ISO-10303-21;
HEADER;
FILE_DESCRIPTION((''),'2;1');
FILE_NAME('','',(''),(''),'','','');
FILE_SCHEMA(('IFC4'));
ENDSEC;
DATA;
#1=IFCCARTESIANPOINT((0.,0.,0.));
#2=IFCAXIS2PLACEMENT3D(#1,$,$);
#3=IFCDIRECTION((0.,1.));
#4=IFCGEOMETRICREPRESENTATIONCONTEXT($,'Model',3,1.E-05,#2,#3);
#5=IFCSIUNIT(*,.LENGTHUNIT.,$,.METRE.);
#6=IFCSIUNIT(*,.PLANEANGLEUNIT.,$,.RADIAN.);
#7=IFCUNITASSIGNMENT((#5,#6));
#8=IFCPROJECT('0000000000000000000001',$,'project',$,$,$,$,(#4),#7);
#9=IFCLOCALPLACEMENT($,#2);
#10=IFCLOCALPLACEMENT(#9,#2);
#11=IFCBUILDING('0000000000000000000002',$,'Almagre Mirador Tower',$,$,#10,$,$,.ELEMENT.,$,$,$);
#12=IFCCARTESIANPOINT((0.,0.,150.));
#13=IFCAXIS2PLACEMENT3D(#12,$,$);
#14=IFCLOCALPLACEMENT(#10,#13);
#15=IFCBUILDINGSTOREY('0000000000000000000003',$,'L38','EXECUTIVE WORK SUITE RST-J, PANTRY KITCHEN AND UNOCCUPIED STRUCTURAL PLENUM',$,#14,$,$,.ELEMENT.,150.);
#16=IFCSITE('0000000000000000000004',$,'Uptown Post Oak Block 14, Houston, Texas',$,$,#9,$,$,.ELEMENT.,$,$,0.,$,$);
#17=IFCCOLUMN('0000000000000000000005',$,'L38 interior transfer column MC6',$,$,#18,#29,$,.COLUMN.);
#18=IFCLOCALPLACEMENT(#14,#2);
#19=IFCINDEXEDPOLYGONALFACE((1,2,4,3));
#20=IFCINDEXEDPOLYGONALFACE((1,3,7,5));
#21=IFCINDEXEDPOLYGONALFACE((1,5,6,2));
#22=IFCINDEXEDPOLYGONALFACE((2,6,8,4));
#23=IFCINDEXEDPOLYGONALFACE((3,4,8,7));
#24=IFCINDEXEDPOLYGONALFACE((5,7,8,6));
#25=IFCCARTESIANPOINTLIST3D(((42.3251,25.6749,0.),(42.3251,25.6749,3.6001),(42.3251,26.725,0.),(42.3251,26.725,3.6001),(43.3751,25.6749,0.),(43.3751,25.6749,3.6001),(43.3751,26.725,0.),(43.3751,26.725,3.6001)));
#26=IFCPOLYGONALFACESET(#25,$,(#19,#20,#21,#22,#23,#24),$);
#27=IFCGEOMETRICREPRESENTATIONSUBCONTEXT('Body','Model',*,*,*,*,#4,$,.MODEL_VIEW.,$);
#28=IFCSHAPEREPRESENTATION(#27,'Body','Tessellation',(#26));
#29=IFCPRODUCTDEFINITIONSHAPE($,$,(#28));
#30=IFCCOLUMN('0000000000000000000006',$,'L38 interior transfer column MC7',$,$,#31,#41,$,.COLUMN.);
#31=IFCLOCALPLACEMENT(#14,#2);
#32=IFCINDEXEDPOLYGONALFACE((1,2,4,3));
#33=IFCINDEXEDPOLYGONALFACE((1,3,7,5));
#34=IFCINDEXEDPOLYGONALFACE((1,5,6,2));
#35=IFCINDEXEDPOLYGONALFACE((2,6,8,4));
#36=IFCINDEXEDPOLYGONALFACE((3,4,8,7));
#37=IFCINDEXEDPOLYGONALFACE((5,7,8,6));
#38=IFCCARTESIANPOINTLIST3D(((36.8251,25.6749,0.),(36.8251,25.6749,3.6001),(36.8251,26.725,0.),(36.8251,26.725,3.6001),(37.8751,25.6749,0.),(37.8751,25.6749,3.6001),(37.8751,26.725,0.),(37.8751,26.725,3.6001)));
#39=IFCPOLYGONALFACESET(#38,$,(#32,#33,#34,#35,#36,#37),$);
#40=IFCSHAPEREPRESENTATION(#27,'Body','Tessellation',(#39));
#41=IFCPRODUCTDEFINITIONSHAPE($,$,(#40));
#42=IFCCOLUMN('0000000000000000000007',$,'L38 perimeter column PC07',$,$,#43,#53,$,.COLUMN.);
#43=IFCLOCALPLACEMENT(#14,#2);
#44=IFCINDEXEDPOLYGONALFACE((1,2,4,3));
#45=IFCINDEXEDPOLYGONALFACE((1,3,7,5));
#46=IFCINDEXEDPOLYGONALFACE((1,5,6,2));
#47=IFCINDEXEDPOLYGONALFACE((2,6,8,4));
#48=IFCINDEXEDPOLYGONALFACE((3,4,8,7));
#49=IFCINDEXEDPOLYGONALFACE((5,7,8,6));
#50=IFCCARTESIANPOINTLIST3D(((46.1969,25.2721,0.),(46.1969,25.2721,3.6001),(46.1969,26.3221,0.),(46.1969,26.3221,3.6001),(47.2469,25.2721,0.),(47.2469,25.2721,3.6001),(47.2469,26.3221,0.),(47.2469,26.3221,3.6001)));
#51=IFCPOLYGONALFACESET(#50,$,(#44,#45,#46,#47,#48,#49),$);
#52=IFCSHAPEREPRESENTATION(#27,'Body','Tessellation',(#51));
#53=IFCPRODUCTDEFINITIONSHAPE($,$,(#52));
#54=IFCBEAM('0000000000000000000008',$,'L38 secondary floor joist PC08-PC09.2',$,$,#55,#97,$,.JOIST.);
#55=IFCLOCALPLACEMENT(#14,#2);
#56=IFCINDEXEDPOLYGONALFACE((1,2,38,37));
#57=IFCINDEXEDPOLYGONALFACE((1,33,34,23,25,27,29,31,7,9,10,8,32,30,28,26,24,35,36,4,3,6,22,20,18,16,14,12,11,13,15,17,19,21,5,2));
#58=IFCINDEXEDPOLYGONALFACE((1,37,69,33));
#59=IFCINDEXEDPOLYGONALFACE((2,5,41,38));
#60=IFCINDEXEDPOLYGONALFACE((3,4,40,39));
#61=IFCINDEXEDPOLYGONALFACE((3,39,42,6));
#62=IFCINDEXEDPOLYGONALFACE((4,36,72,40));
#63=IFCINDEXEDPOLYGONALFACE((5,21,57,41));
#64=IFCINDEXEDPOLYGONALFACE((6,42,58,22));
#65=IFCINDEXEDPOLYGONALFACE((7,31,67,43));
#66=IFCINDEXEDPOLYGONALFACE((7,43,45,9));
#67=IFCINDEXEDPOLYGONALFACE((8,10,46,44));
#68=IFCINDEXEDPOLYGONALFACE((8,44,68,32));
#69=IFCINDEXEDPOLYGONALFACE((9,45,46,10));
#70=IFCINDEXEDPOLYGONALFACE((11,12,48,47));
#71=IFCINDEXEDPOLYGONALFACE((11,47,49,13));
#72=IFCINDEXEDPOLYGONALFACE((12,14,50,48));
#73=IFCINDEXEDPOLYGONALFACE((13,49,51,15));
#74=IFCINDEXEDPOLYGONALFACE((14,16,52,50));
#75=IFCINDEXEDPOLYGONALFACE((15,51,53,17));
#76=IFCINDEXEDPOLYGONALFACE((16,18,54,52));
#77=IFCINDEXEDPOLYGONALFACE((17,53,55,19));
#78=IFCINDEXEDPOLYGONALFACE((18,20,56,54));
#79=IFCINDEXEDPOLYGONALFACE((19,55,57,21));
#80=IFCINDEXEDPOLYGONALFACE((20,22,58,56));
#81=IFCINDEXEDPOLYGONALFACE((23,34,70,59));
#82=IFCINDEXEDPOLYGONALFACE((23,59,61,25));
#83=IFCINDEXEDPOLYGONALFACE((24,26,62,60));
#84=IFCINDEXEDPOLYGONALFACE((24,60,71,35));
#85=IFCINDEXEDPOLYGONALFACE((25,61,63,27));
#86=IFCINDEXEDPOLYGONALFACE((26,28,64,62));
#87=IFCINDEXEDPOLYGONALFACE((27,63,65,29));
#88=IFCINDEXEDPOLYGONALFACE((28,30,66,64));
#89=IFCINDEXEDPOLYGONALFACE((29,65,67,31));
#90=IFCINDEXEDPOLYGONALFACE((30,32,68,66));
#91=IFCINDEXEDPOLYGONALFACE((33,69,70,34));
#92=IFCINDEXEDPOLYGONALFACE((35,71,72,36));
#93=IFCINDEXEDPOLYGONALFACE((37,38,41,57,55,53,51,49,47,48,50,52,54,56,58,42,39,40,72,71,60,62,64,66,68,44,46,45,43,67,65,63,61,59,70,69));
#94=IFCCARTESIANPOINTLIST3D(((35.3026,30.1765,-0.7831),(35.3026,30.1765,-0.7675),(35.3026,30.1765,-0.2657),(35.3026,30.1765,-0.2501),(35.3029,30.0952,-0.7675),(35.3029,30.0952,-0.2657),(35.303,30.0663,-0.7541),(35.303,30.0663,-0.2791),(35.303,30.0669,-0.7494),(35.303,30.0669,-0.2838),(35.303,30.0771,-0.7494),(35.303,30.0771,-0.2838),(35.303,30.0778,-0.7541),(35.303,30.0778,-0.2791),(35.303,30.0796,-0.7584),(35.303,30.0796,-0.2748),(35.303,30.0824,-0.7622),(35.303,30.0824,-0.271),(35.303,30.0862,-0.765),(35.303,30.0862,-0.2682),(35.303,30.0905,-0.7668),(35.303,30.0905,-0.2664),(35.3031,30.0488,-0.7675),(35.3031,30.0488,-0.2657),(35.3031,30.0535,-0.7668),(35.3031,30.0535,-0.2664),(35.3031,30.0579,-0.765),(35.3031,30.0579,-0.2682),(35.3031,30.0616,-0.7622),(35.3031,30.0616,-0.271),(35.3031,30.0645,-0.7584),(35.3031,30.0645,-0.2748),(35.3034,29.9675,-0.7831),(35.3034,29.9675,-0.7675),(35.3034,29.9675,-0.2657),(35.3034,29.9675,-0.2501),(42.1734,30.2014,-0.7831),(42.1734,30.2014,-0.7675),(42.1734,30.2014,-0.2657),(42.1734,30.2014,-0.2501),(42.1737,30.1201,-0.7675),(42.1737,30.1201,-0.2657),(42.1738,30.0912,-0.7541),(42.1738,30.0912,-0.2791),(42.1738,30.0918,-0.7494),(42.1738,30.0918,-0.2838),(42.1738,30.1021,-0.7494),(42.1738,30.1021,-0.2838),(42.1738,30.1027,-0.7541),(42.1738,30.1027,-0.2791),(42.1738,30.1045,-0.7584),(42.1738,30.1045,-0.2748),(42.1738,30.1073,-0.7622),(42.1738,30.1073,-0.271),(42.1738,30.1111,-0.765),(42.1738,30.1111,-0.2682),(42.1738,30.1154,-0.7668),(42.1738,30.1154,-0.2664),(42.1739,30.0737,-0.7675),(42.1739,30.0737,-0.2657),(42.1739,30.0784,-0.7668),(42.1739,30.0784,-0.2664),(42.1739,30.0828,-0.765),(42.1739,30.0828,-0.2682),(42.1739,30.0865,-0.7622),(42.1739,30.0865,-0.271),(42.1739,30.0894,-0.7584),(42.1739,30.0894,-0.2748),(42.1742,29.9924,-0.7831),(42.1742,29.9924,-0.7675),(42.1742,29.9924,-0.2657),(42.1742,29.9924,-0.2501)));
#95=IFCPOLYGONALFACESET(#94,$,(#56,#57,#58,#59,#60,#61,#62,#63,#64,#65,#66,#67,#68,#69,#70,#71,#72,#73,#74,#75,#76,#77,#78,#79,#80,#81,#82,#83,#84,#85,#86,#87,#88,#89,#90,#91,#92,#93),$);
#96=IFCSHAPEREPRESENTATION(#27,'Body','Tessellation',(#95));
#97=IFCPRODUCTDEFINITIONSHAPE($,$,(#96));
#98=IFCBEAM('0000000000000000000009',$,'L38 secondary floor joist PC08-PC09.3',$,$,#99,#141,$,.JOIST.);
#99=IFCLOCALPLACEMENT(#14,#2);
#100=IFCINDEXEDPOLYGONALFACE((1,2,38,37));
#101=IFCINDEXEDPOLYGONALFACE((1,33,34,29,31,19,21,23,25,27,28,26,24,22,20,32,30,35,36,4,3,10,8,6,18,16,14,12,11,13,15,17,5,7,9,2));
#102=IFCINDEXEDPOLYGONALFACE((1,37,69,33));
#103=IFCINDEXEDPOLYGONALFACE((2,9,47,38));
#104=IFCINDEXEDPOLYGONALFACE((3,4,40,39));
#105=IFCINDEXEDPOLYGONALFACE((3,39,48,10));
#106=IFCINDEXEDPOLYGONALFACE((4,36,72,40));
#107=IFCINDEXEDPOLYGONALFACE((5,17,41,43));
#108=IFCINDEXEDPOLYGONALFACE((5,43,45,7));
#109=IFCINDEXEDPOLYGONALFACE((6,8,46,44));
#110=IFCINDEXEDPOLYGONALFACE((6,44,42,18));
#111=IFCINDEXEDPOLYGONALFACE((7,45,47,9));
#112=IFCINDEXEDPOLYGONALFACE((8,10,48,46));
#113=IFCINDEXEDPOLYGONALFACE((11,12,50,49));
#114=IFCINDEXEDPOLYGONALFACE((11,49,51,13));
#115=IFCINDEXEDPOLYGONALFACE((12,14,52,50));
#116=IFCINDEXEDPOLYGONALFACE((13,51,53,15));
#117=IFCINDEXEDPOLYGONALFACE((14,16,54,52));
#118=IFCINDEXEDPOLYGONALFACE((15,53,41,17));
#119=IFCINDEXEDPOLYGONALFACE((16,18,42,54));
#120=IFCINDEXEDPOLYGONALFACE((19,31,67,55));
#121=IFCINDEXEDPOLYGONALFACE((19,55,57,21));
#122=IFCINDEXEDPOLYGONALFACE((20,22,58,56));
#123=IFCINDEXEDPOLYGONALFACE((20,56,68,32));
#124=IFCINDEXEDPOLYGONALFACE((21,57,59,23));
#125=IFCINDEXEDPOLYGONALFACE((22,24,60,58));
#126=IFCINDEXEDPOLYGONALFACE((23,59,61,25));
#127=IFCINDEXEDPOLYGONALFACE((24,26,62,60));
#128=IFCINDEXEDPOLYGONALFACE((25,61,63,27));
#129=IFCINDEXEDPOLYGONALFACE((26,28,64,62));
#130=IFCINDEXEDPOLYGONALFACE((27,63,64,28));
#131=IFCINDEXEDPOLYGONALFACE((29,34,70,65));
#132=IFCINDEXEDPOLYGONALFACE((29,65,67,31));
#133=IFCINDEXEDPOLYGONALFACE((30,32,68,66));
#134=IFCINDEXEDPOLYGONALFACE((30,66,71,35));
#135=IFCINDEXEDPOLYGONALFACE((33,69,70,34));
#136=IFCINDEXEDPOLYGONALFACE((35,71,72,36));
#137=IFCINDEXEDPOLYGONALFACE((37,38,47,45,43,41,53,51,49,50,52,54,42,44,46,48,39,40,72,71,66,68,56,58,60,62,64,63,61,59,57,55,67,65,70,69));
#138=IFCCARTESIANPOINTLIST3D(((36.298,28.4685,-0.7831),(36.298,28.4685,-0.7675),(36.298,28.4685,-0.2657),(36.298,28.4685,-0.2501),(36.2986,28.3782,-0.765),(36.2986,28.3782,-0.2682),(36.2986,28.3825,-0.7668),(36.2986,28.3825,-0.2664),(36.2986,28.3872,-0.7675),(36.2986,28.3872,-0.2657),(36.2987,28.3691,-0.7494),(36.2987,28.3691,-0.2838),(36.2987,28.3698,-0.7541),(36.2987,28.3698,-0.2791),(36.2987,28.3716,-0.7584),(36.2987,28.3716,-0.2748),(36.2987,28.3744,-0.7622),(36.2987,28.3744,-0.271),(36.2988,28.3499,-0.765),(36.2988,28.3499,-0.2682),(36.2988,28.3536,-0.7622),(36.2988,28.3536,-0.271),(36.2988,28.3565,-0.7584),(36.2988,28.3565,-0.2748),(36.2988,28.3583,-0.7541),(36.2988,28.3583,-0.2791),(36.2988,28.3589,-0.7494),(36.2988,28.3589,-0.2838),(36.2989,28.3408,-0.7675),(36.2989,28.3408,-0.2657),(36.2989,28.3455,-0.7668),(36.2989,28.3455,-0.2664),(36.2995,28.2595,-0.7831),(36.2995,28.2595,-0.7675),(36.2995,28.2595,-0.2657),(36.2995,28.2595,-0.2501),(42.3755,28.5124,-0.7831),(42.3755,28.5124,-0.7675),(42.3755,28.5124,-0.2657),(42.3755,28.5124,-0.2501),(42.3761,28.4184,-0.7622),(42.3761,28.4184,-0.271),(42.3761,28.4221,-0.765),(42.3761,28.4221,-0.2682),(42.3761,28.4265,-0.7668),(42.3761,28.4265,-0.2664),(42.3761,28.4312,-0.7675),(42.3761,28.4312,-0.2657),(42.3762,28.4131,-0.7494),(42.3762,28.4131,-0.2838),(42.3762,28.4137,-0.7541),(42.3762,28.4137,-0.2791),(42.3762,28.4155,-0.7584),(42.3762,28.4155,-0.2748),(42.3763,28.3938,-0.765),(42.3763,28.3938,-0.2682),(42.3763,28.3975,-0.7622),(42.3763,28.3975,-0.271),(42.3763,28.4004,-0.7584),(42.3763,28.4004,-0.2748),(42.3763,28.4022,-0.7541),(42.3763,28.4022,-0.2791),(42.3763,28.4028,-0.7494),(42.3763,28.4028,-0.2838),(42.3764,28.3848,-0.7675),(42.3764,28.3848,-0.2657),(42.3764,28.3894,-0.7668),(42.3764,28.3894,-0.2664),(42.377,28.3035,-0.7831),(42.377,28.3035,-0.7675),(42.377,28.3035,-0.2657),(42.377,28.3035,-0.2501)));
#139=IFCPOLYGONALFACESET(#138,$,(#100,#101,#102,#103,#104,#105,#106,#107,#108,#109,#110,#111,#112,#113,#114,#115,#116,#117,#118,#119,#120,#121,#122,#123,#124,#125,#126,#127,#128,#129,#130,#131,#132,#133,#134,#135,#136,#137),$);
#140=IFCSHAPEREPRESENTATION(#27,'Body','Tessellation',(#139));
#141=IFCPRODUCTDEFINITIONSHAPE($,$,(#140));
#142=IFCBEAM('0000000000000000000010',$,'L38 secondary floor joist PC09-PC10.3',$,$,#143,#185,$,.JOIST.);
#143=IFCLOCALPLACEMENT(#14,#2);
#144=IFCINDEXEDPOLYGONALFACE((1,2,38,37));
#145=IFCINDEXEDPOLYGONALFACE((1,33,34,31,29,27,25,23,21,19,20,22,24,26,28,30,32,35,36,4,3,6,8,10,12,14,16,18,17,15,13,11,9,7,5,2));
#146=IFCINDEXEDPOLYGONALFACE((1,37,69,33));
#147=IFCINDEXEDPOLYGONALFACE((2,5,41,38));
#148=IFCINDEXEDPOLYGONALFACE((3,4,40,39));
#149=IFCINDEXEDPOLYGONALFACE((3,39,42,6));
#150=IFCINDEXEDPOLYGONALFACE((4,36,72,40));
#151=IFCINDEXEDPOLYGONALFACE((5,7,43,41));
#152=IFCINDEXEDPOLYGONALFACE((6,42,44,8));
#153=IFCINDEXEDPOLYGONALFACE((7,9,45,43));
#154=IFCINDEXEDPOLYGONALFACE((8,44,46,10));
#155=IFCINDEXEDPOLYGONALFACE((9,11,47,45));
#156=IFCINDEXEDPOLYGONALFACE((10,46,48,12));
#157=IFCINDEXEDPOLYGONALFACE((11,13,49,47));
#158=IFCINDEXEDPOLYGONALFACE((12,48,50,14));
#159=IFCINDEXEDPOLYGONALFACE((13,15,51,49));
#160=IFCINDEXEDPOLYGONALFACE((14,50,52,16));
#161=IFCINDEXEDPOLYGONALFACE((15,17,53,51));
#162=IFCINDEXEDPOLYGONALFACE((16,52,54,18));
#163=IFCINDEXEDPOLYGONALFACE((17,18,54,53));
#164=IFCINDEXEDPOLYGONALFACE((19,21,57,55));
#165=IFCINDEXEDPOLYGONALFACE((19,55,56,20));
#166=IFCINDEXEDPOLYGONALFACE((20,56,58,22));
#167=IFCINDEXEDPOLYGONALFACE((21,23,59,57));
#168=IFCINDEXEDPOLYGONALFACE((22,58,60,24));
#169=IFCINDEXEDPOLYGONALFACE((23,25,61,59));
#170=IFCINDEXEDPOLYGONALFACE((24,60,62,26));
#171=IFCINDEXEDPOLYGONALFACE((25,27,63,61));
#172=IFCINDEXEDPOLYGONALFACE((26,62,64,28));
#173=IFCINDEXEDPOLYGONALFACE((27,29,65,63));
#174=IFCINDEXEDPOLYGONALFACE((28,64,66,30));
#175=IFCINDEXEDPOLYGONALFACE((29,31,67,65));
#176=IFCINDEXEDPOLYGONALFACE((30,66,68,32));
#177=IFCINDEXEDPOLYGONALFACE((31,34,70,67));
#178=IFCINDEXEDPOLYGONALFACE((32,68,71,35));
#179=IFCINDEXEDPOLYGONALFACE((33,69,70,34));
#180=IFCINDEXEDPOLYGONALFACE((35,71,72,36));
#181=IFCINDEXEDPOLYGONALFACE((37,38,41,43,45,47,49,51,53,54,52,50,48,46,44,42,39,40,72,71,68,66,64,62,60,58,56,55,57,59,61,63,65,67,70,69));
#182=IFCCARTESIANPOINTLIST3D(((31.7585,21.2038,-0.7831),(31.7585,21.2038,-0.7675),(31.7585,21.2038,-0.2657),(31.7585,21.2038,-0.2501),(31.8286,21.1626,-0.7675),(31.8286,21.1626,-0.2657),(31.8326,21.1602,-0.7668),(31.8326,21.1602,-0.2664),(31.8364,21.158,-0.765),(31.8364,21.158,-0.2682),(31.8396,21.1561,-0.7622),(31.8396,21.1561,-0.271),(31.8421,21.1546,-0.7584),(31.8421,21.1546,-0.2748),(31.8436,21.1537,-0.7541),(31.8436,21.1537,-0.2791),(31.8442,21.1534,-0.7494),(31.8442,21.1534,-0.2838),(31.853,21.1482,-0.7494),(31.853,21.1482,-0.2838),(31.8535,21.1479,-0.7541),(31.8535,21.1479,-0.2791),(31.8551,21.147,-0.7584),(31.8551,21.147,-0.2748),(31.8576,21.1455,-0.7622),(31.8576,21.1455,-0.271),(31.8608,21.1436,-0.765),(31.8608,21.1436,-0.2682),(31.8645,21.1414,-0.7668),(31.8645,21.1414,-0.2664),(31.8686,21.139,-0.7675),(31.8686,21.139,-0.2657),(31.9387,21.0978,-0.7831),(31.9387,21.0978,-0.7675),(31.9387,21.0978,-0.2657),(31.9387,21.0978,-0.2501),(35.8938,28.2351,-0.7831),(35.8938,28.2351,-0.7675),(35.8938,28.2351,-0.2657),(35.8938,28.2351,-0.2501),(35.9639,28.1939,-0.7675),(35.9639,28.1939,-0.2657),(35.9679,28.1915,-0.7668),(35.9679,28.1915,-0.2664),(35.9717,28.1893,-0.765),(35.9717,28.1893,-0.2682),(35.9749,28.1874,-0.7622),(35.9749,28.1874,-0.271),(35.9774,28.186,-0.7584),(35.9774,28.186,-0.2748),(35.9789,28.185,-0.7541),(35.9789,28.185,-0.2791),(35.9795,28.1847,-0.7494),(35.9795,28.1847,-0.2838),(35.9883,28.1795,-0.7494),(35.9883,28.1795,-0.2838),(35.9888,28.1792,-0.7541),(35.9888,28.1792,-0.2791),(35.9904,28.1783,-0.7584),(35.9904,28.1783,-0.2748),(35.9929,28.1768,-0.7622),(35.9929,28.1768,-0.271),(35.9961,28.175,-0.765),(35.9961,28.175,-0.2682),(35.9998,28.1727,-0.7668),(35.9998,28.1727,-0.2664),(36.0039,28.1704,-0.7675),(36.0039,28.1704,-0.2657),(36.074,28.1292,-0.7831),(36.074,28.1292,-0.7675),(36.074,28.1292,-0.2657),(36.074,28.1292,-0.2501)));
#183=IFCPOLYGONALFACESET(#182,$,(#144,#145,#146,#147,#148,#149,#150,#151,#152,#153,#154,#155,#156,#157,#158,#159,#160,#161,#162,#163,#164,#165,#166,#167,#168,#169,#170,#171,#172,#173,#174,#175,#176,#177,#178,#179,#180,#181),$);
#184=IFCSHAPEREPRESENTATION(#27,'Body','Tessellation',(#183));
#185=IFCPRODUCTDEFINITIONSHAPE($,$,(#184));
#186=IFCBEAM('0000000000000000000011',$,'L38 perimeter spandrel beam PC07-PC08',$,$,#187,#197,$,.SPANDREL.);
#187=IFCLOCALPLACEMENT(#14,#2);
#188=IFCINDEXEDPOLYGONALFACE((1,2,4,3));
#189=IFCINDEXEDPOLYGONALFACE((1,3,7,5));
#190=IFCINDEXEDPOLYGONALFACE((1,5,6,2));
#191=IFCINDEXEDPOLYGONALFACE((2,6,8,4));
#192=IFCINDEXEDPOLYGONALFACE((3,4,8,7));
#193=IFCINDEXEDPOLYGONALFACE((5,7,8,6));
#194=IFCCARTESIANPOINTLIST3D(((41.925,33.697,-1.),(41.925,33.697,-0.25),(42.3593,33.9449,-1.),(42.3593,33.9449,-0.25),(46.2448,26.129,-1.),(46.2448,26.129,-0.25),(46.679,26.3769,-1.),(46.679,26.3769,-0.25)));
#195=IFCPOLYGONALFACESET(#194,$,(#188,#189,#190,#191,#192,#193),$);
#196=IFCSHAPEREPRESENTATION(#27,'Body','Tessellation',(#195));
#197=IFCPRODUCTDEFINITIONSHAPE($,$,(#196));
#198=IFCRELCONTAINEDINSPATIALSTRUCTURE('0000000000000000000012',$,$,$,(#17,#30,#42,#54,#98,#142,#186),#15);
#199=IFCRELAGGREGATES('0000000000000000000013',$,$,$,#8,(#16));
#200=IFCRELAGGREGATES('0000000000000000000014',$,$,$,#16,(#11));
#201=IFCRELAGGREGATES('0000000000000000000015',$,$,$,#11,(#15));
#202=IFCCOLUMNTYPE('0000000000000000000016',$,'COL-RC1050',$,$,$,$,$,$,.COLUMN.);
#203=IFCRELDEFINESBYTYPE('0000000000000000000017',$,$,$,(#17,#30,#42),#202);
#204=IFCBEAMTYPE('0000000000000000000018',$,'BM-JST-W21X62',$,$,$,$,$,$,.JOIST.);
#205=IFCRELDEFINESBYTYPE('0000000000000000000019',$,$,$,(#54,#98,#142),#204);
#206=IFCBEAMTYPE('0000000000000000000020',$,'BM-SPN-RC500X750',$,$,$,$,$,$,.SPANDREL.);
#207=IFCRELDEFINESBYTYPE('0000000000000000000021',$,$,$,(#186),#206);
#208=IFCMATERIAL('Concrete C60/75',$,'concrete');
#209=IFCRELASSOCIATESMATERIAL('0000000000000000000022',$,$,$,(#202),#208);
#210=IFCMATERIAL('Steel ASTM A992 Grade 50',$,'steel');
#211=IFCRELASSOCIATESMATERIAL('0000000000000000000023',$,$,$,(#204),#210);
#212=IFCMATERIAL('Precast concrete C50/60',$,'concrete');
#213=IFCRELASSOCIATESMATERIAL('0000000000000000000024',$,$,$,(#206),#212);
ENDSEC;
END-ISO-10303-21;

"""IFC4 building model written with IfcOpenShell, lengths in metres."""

from ifc_helpers import new_model, si_unit, direction, frame, origin, origin_2d, place, context, subcontext, project, spatial, rectangle, i_section, extrude, material, material_profile, profile_set, type_object, element, save


model = new_model("IFC4")

# Units and contexts
model_context = context("Model", 3, precision=1e-05, world=origin(), true_north=direction((0.0, 1.0)))
body_context = subcontext(model_context, "Body", "Model", "MODEL_VIEW")
ifc_project = project(units=[si_unit("LENGTHUNIT", "METRE"), si_unit("PLANEANGLEUNIT", "RADIAN")], contexts=[model_context])

# Site, building, storey
site_placement = place(None, origin())
site = spatial("IfcSite", under=ifc_project, at=site_placement, Name="Uptown Post Oak Block 14, Houston, Texas", CompositionType="ELEMENT", RefElevation=0.0)
building_placement = place(site_placement, origin())
building = spatial("IfcBuilding", under=site, at=building_placement, Name="Almagre Mirador Tower", CompositionType="ELEMENT")
storey_placement = place(building_placement, frame((0.0, 0.0, 150.0)))
storey = spatial("IfcBuildingStorey", under=building, at=storey_placement, Name="L38", Description="EXECUTIVE WORK SUITE RST-J, PANTRY KITCHEN AND UNOCCUPIED STRUCTURAL PLENUM", CompositionType="ELEMENT", Elevation=150.0)

# Columns
ifc_material_1 = material(Name="Concrete C60/75", Category="concrete")
ifc_material_profile_1 = material_profile(ifc_material_1, rectangle(XDim=1.05, YDim=1.05, at=origin_2d()), Name="RC1050X1050")
ifc_profile_set_1 = profile_set([ifc_material_profile_1], Name="Concrete C60/75")
column_type = type_object("IfcColumnType", Name="COL-RC1050", PredefinedType="COLUMN", material=ifc_profile_set_1)
for number, where, z_axis, x_axis, name in (
    (1, (42.8501, 26.2, 0.0), (0.0, 0.0, 1.0), (1.0, 0.0, 0.0), "L38 interior transfer column MC6"),
    (2, (37.3501, 26.2, 0.0), (0.0, 0.0, 1.0), (1.0, 0.0, 0.0), "L38 interior transfer column MC7"),
    (3, (46.7219, 25.7971, 0.0), (0.0, 0.0, 1.0), (1.0, 0.0, 0.0), "L38 perimeter column PC07"),
):
    element("IfcColumn", number, at=place(storey_placement, frame(where, z_axis=z_axis, x_axis=x_axis)), inside=storey, type_object=column_type, Name=name, PredefinedType="COLUMN", context=body_context, shape_type="SweptSolid", body=[
        extrude(rectangle(XDim=1.05, YDim=1.05, at=origin_2d()), origin(), (0.0, 0.0, 1.0), 3.6001),
    ])

# Beams
ifc_material_2 = material(Name="Steel ASTM A992 Grade 50", Category="steel")
ifc_material_profile_2 = material_profile(ifc_material_2, i_section(OverallWidth=0.209, OverallDepth=0.533, WebThickness=0.0103, FlangeThickness=0.0156, FilletRadius=0.0181, at=origin_2d()), Name="W21X62")
ifc_profile_set_2 = profile_set([ifc_material_profile_2], Name="Steel ASTM A992 Grade 50")
beam_type_1 = type_object("IfcBeamType", Name="BM-JST-W21X62", PredefinedType="JOIST", material=ifc_profile_set_2)
beam_1_placement = place(storey_placement, frame((42.1738, 30.0969, -0.5166), z_axis=(-0.999993, -0.003624, 0.0), x_axis=(0.003624, -0.999993, 0.0)))
element("IfcBeam", 4, at=beam_1_placement, inside=storey, type_object=beam_type_1, Name="L38 secondary floor joist PC08-PC09.2", PredefinedType="JOIST", context=body_context, shape_type="SweptSolid", body=[
    extrude(i_section(OverallWidth=0.209, OverallDepth=0.533, WebThickness=0.0103, FlangeThickness=0.0156, FilletRadius=0.0181, at=origin_2d()), origin(), (0.0, 0.0, 1.0), 6.8708),
])
beam_2_placement = place(storey_placement, frame((42.3762, 28.408, -0.5166), z_axis=(-0.999974, -0.007231, 0.0), x_axis=(0.007231, -0.999974, 0.0)))
element("IfcBeam", 5, at=beam_2_placement, inside=storey, type_object=beam_type_1, Name="L38 secondary floor joist PC08-PC09.3", PredefinedType="JOIST", context=body_context, shape_type="SweptSolid", body=[
    extrude(i_section(OverallWidth=0.209, OverallDepth=0.533, WebThickness=0.0103, FlangeThickness=0.0156, FilletRadius=0.0181, at=origin_2d()), origin(), (0.0, 0.0, 1.0), 6.0776),
])
beam_3_placement = place(storey_placement, frame((35.9839, 28.1821, -0.5166), z_axis=(-0.506949, -0.861976, 0.0), x_axis=(0.861976, -0.506949, 0.0)))
element("IfcBeam", 6, at=beam_3_placement, inside=storey, type_object=beam_type_1, Name="L38 secondary floor joist PC09-PC10.3", PredefinedType="JOIST", context=body_context, shape_type="SweptSolid", body=[
    extrude(i_section(OverallWidth=0.209, OverallDepth=0.533, WebThickness=0.0103, FlangeThickness=0.0156, FilletRadius=0.0181, at=origin_2d()), origin(), (0.0, 0.0, 1.0), 8.1572),
])
ifc_material_3 = material(Name="Precast concrete C50/60", Category="concrete")
ifc_material_profile_3 = material_profile(ifc_material_3, rectangle(XDim=0.5, YDim=0.75, at=origin_2d()), Name="RC500X750")
ifc_profile_set_3 = profile_set([ifc_material_profile_3], Name="Precast concrete C50/60")
beam_type_2 = type_object("IfcBeamType", Name="BM-SPN-RC500X750", PredefinedType="SPANDREL", material=ifc_profile_set_3)
beam_4_placement = place(storey_placement, frame((46.4619, 26.2529, -0.625), z_axis=(-0.495723, 0.868481, 0.0), x_axis=(-0.868481, -0.495723, 0.0)))
element("IfcBeam", 7, at=beam_4_placement, inside=storey, type_object=beam_type_2, Name="L38 perimeter spandrel beam PC07-PC08", PredefinedType="SPANDREL", context=body_context, shape_type="SweptSolid", body=[
    extrude(rectangle(XDim=0.5, YDim=0.75, at=origin_2d()), origin(), (0.0, 0.0, 1.0), 8.7141),
])

save(model, "model.ifc")
